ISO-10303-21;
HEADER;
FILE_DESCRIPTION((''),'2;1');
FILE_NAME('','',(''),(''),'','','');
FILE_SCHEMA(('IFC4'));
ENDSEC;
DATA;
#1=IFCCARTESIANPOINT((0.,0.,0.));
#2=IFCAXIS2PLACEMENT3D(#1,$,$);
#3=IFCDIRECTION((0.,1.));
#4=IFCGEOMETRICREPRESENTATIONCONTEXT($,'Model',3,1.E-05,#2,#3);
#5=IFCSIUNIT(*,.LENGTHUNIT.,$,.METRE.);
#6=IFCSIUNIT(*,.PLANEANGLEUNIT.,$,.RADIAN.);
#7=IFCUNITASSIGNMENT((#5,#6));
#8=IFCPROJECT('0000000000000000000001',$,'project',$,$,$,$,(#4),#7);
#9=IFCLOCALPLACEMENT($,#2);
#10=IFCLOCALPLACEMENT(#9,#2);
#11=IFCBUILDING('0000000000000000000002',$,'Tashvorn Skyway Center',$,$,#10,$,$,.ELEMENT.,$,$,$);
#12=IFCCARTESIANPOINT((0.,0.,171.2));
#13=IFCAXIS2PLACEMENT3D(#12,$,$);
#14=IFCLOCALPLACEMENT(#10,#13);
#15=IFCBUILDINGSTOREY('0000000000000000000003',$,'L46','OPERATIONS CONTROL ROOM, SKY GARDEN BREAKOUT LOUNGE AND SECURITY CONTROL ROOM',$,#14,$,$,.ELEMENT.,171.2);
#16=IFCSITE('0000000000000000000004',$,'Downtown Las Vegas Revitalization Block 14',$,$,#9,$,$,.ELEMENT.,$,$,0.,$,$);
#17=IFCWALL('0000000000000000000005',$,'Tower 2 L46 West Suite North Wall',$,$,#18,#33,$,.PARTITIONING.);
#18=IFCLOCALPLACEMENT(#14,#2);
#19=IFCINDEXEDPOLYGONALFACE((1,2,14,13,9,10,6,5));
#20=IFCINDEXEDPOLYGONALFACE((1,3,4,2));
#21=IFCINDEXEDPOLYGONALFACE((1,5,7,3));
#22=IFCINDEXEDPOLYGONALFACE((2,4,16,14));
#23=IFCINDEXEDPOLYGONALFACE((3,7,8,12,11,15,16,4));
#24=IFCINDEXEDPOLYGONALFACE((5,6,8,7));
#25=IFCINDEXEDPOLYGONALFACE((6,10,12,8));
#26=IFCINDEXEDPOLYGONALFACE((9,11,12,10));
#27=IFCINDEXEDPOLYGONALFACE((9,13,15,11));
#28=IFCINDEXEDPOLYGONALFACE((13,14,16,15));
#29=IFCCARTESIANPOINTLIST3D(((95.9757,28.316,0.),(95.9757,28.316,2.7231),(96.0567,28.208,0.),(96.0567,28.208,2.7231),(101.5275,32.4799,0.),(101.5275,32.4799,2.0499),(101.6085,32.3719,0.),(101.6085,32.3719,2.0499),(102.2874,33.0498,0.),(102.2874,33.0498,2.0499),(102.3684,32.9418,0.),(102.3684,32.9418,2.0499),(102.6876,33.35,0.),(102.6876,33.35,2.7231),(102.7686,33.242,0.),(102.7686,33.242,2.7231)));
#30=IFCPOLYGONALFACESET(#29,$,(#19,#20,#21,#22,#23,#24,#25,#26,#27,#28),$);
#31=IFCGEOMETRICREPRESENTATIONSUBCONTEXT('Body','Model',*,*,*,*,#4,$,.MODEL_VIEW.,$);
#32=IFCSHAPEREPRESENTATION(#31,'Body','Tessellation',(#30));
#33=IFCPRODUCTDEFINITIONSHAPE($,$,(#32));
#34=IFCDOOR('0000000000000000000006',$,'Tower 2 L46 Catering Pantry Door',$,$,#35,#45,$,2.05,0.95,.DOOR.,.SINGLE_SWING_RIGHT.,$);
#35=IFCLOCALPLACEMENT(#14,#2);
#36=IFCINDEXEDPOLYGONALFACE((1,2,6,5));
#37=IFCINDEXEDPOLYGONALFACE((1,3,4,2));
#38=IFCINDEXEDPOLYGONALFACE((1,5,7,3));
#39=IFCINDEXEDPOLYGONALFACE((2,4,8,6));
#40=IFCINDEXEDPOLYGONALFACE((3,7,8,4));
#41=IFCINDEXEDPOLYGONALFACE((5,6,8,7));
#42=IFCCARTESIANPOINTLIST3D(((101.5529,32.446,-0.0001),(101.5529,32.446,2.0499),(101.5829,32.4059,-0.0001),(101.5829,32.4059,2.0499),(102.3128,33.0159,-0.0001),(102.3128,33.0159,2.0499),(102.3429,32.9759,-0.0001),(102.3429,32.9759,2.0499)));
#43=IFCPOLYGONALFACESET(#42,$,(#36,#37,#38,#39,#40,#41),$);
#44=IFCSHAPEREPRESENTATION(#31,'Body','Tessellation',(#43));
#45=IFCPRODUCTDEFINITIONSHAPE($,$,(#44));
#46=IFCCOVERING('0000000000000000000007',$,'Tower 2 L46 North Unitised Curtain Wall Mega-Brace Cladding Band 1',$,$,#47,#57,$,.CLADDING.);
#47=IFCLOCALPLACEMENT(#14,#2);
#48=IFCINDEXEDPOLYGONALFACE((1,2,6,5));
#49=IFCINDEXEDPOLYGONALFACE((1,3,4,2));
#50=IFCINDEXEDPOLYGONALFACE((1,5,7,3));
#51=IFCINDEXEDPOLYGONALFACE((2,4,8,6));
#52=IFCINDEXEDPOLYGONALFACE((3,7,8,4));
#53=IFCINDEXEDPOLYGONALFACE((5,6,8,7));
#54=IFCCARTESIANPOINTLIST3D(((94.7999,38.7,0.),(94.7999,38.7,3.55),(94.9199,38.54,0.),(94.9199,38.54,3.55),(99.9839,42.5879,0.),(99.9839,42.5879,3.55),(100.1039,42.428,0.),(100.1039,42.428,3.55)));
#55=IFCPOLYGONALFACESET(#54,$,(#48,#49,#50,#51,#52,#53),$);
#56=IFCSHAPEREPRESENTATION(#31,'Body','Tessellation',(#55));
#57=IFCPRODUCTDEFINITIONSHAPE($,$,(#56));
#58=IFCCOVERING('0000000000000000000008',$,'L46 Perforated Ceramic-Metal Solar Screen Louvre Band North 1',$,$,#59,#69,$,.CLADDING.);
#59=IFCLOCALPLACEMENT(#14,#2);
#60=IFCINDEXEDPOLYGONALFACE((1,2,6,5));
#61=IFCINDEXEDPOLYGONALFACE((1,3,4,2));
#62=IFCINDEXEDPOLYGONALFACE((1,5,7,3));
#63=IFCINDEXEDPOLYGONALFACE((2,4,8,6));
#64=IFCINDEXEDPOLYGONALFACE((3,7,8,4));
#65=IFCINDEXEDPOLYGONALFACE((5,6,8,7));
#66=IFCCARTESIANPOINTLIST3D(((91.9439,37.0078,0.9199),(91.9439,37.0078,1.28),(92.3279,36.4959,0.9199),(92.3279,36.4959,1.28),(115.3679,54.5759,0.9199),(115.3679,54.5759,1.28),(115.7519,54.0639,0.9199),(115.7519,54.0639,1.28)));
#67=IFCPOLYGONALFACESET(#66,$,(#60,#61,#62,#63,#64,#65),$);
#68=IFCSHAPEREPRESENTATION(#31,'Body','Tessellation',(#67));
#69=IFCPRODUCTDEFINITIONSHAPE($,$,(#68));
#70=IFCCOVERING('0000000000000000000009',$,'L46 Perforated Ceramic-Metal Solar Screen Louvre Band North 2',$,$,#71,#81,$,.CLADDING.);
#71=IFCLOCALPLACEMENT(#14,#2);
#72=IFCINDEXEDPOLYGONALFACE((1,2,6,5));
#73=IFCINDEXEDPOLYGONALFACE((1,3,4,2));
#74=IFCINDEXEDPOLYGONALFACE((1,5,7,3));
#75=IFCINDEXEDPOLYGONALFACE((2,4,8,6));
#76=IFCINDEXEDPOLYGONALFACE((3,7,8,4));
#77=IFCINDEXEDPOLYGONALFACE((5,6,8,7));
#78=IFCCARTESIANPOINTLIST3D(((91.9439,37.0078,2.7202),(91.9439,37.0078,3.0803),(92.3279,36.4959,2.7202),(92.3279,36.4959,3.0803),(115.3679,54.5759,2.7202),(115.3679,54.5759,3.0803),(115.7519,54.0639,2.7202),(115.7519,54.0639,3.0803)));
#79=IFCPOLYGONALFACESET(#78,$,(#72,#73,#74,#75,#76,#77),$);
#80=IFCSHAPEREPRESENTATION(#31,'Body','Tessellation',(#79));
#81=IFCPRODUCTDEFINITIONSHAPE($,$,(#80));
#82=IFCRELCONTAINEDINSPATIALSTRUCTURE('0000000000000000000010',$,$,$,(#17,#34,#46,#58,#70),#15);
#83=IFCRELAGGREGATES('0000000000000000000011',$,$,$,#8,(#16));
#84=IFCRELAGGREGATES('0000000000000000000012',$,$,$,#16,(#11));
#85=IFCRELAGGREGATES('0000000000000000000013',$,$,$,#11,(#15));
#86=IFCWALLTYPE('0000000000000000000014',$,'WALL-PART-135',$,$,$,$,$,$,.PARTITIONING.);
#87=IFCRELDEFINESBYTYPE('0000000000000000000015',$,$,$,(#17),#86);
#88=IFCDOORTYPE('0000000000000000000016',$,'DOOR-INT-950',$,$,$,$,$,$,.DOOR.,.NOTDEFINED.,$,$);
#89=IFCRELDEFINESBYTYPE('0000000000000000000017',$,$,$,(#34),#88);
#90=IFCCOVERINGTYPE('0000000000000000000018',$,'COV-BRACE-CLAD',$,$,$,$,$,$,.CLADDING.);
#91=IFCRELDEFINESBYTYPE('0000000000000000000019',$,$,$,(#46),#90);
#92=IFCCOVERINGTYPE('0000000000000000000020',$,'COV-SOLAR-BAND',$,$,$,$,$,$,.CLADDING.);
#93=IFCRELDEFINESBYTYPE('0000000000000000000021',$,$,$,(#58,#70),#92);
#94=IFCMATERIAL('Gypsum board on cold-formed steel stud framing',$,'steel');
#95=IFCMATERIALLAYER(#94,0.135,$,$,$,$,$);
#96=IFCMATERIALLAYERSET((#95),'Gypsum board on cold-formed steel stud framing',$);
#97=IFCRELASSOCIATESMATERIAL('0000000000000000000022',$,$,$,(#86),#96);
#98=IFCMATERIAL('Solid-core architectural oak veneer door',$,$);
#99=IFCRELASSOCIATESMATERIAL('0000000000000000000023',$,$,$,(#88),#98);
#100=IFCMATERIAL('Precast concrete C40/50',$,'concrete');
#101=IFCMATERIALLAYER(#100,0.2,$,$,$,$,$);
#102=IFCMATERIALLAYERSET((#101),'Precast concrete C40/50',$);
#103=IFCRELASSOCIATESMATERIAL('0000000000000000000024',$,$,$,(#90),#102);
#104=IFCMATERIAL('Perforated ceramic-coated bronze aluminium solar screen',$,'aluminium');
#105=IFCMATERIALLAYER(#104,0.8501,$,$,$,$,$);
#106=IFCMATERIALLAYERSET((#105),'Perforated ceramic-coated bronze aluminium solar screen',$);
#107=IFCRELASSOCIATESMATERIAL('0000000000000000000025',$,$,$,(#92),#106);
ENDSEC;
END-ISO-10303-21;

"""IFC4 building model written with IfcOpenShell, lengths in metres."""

from ifc_helpers import new_model, si_unit, direction, frame, frame_2d, origin, origin_2d, place, context, subcontext, project, spatial, rectangle, extrude, material, layer, layer_set, type_object, element, fill, save


model = new_model("IFC4")

# Units and contexts
model_context = context("Model", 3, precision=1e-05, world=origin(), true_north=direction((0.0, 1.0)))
body_context = subcontext(model_context, "Body", "Model", "MODEL_VIEW")
ifc_project = project(units=[si_unit("LENGTHUNIT", "METRE"), si_unit("PLANEANGLEUNIT", "RADIAN")], contexts=[model_context])

# Site, building, storey
site_placement = place(None, origin())
site = spatial("IfcSite", under=ifc_project, at=site_placement, Name="Downtown Las Vegas Revitalization Block 14", CompositionType="ELEMENT", RefElevation=0.0)
building_placement = place(site_placement, origin())
building = spatial("IfcBuilding", under=site, at=building_placement, Name="Tashvorn Skyway Center", CompositionType="ELEMENT")
storey_placement = place(building_placement, frame((0.0, 0.0, 171.2)))
storey = spatial("IfcBuildingStorey", under=building, at=storey_placement, Name="L46", Description="OPERATIONS CONTROL ROOM, SKY GARDEN BREAKOUT LOUNGE AND SECURITY CONTROL ROOM", CompositionType="ELEMENT", Elevation=171.2)

# Shared definitions
ifc_material_1 = material(Name="Gypsum board on cold-formed steel stud framing", Category="steel")

# Shared definitions
ifc_layer_1 = layer(ifc_material_1, 0.135)
ifc_layer_set_1 = layer_set([ifc_layer_1], Name="Gypsum board on cold-formed steel stud framing")
wall_type_1 = type_object("IfcWallType", Name="WALL-PART-135", PredefinedType="PARTITIONING", material=ifc_layer_set_1)
ifc_material_2 = material(Name="Solid-core architectural oak veneer door")
door_type_1 = type_object("IfcDoorType", Name="DOOR-INT-950", OperationType="NOTDEFINED", PredefinedType="DOOR", material=ifc_material_2)

# Wall, opening, door
wall_1_placement = place(storey_placement, frame((102.728, 33.2959, 0.0), z_axis=(0.0, 0.0, 1.0), x_axis=(-0.8, -0.6, 0.0)))
wall_1 = element("IfcWall", 1, at=wall_1_placement, inside=storey, type_object=wall_type_1, Name="Tower 2 L46 West Suite North Wall", PredefinedType="PARTITIONING", context=body_context, shape_type="SweptSolid", body=[
    extrude(rectangle(XDim=8.3899, YDim=0.135, at=frame_2d((4.1948, 0.0))), origin(), (0.0, 0.0, 1.0), 2.7231),
])
opening_1_placement = place(wall_1_placement, frame((0.5, 0.0, 0.0)))
opening_1 = element("IfcOpeningElement", 2, at=opening_1_placement, cuts=wall_1, PredefinedType="OPENING", context=body_context, shape_type="SweptSolid", body=[
    extrude(rectangle(XDim=0.95, YDim=2.05, at=frame_2d((0.4751, 1.0249))), frame((0.0, 0.0774, 0.0), z_axis=(0.0, -1.0, 0.0), x_axis=(1.0, 0.0, 0.0)), (0.0, 0.0, 1.0), 0.155),
])
door_1_placement = place(opening_1_placement, origin())
door_1 = element("IfcDoor", 3, at=door_1_placement, inside=storey, type_object=door_type_1, Name="Tower 2 L46 Catering Pantry Door", OperationType="SINGLE_SWING_RIGHT", OverallHeight=2.05, OverallWidth=0.95, PredefinedType="DOOR", context=body_context, shape_type="SweptSolid", body=[
    extrude(rectangle(XDim=0.95, YDim=2.05, at=frame_2d((0.4751, 1.0249))), frame((0.0, 0.0249, 0.0), z_axis=(0.0, -1.0, 0.0), x_axis=(1.0, 0.0, 0.0)), (0.0, 0.0, 1.0), 0.05),
])
fill(opening_1, door_1)

# Coverings
ifc_material_3 = material(Name="Precast concrete C40/50", Category="concrete")
ifc_layer_2 = layer(ifc_material_3, 0.2)
ifc_layer_set_2 = layer_set([ifc_layer_2], Name="Precast concrete C40/50")
covering_type_1 = type_object("IfcCoveringType", Name="COV-BRACE-CLAD", PredefinedType="CLADDING", material=ifc_layer_set_2)
covering_placement = place(storey_placement, frame((97.4519, 40.564, 0.0), z_axis=(0.0, 0.0, 1.0), x_axis=(0.8, 0.6, 0.0)))
element("IfcCovering", 4, at=covering_placement, inside=storey, type_object=covering_type_1, Name="Tower 2 L46 North Unitised Curtain Wall Mega-Brace Cladding Band 1", PredefinedType="CLADDING", context=body_context, shape_type="SweptSolid", body=[
    extrude(rectangle(XDim=6.48, YDim=0.2, at=origin_2d()), origin(), (0.0, 0.0, 1.0), 3.55),
])
ifc_material_4 = material(Name="Perforated ceramic-coated bronze aluminium solar screen", Category="aluminium")
ifc_layer_3 = layer(ifc_material_4, 0.8501)
ifc_layer_set_3 = layer_set([ifc_layer_3], Name="Perforated ceramic-coated bronze aluminium solar screen")
covering_type_2 = type_object("IfcCoveringType", Name="COV-SOLAR-BAND", PredefinedType="CLADDING", material=ifc_layer_set_3)
for number, where, z_axis, x_axis, name in (
    (5, (103.8479, 45.5359, 0.9199), (0.0, 0.0, 1.0), (0.8, 0.6, 0.0), "L46 Perforated Ceramic-Metal Solar Screen Louvre Band North 1"),
    (6, (103.8479, 45.5359, 2.7202), (0.0, 0.0, 1.0), (0.8, 0.6, 0.0), "L46 Perforated Ceramic-Metal Solar Screen Louvre Band North 2"),
):
    element("IfcCovering", number, at=place(storey_placement, frame(where, z_axis=z_axis, x_axis=x_axis)), inside=storey, type_object=covering_type_2, Name=name, PredefinedType="CLADDING", context=body_context, shape_type="SweptSolid", body=[
        extrude(rectangle(XDim=29.28, YDim=0.6399, at=origin_2d()), origin(), (0.0, 0.0, 1.0), 0.3601),
    ])

save(model, "model.ifc")
